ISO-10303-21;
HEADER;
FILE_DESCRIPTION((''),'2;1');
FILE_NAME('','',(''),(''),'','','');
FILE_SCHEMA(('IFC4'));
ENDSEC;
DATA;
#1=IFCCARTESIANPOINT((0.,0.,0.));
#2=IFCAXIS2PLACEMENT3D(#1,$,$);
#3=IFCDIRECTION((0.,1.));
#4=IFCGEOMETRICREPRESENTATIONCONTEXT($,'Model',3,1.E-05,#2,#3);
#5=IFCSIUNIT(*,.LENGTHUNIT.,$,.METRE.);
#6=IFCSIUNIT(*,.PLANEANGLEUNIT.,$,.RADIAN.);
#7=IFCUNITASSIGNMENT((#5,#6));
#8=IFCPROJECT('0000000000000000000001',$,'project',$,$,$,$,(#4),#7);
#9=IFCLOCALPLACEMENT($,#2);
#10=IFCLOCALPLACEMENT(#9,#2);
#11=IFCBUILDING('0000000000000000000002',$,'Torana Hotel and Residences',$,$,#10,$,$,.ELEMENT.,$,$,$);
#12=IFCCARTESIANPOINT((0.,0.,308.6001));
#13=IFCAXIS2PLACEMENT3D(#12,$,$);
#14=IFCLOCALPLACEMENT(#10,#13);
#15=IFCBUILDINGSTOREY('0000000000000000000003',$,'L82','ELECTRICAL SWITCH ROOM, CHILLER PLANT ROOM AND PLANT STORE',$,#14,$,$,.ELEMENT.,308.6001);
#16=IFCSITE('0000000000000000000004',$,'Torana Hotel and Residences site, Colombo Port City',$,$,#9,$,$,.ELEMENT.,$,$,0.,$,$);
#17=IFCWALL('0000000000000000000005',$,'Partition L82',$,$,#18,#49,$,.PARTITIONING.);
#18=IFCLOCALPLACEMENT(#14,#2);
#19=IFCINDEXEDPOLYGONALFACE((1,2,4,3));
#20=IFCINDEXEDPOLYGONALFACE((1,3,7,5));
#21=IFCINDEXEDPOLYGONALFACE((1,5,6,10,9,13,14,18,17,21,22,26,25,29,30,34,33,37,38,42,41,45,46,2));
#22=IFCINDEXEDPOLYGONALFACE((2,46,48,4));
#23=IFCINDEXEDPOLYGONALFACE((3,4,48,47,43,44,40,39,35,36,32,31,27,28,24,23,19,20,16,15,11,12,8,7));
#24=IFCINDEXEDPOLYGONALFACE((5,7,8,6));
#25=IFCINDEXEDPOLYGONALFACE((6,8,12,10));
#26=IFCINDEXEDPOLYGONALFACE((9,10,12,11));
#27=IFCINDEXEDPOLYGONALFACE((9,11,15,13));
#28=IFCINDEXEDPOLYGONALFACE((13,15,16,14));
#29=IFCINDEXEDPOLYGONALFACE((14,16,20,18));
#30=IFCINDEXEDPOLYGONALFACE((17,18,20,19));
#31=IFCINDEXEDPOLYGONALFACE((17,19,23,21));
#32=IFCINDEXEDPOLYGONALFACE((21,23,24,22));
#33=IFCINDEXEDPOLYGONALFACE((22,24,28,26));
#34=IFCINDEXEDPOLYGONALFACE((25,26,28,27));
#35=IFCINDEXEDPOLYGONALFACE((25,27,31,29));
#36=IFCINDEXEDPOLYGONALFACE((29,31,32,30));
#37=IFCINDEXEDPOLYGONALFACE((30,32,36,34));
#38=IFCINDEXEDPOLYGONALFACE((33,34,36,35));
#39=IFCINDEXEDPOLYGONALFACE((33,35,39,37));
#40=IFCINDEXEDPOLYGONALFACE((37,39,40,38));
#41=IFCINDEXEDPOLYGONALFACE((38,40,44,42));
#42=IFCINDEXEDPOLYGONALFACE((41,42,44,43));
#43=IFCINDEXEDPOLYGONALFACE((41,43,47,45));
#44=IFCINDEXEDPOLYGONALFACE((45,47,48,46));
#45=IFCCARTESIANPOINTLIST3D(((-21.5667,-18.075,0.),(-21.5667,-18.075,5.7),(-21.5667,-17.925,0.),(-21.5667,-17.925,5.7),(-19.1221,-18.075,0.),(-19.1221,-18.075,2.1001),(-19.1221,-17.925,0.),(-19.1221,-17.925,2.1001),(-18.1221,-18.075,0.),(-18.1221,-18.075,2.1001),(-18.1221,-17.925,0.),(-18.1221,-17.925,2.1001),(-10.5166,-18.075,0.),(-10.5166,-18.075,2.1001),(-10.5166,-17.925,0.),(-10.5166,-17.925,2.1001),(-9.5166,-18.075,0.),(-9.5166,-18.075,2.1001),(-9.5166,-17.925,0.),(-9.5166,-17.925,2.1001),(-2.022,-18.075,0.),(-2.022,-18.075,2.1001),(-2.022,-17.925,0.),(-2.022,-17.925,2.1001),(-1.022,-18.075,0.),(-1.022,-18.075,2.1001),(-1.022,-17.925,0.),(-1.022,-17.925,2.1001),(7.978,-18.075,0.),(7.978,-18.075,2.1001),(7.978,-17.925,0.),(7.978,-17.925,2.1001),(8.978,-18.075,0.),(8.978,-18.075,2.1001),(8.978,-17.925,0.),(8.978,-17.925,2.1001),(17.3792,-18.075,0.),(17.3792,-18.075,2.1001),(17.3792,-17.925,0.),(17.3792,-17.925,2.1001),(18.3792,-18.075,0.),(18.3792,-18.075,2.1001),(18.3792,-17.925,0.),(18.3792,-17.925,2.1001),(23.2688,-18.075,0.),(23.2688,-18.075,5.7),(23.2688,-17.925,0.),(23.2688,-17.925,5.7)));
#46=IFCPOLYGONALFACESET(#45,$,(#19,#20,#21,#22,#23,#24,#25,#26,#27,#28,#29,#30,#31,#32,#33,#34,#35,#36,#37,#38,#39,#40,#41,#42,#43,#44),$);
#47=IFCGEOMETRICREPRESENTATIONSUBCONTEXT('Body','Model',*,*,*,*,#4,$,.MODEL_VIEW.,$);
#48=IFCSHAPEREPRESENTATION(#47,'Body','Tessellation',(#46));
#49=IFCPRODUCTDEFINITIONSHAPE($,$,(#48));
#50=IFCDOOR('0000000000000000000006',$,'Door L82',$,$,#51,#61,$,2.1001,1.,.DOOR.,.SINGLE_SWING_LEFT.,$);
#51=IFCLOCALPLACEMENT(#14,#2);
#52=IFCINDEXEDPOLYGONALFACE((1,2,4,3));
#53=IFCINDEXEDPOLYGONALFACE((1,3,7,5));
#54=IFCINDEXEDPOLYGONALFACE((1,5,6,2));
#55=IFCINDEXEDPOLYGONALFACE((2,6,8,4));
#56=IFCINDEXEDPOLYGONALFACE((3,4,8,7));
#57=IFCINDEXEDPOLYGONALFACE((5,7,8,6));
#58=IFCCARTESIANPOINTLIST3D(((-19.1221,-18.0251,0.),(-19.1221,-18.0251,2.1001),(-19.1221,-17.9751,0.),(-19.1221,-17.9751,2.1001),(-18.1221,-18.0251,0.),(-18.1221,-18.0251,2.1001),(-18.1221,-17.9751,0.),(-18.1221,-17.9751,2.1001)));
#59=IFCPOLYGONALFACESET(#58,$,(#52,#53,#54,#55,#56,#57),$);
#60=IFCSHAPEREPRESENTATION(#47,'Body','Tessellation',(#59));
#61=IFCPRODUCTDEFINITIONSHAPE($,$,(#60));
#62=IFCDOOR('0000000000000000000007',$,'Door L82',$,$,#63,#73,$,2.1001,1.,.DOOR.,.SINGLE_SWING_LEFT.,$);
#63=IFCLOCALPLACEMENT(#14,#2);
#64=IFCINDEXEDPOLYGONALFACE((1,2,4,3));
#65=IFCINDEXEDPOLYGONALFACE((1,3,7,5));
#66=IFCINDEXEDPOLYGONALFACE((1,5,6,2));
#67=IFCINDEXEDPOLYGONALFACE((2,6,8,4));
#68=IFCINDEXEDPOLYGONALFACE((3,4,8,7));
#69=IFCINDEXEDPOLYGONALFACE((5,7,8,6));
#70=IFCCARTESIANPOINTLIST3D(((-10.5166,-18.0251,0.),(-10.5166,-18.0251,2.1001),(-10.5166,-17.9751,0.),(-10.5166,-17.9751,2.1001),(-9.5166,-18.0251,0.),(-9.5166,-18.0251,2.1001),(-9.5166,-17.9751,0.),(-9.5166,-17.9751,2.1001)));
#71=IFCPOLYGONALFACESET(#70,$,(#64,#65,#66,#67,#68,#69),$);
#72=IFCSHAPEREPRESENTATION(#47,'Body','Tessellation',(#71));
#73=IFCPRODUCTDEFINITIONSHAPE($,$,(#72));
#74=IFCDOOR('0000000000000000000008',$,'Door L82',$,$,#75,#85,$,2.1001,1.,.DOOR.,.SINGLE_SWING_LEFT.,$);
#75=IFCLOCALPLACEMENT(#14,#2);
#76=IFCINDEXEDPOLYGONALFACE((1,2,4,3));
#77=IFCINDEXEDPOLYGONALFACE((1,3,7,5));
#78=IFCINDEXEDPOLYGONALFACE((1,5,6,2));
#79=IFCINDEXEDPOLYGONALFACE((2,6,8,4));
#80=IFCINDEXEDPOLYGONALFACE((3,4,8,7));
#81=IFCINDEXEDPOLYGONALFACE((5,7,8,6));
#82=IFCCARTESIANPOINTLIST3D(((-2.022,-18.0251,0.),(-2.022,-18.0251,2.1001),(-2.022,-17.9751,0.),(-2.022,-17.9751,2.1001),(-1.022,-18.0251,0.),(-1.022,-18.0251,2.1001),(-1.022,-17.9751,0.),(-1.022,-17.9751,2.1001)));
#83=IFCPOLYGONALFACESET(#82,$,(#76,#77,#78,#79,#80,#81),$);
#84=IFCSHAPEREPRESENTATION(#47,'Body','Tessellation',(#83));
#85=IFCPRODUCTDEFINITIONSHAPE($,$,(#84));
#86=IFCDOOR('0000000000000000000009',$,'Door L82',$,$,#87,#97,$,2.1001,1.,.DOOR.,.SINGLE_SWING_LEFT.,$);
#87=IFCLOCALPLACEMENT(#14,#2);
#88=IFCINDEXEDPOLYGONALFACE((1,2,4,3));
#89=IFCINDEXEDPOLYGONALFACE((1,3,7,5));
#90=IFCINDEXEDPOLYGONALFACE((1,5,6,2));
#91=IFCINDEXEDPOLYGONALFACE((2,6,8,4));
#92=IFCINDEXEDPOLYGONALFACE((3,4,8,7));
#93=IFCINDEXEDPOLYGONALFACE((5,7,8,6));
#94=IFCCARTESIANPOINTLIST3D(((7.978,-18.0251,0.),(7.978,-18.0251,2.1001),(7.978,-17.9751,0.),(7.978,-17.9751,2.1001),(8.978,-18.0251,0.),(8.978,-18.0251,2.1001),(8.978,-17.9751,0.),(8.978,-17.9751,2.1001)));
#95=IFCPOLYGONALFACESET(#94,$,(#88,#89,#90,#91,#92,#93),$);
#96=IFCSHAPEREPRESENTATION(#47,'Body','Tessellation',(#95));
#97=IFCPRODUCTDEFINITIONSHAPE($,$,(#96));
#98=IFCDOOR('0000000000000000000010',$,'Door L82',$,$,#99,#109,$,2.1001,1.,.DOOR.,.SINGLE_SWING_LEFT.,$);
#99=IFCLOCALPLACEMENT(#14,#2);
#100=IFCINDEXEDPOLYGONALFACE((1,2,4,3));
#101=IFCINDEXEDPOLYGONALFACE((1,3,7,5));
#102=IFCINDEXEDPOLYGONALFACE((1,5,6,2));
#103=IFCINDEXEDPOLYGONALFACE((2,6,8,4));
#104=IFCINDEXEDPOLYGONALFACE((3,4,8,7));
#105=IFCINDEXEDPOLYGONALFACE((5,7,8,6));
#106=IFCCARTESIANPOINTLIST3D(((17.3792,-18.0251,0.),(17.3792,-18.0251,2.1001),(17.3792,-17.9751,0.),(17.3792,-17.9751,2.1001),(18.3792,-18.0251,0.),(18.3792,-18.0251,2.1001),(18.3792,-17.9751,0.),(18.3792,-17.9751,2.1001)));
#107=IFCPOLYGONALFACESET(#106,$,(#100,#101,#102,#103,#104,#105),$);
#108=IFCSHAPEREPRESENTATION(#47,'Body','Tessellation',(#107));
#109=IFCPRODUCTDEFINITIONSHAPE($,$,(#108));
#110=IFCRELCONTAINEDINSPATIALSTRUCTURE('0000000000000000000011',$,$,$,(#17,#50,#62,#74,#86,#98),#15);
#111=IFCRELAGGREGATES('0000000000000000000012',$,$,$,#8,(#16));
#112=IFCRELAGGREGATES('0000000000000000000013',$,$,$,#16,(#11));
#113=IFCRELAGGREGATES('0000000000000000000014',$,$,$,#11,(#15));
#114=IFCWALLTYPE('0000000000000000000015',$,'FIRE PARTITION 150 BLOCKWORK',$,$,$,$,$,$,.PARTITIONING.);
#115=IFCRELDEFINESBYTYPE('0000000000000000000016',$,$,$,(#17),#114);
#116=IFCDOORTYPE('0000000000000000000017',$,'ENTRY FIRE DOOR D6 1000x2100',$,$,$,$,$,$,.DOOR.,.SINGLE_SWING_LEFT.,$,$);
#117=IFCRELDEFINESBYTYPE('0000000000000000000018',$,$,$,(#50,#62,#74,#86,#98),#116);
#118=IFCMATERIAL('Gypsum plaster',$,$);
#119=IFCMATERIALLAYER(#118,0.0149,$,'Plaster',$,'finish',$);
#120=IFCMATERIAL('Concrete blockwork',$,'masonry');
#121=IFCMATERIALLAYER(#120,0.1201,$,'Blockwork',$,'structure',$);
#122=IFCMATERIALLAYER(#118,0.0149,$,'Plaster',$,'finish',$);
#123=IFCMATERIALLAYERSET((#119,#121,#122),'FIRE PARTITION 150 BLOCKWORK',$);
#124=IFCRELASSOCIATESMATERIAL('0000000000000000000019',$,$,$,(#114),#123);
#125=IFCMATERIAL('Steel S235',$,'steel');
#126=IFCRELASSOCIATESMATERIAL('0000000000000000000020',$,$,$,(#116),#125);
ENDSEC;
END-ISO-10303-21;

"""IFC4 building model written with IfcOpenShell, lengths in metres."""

from ifc_helpers import new_model, si_unit, direction, frame, frame_2d, origin, place, context, subcontext, project, spatial, rectangle, extrude, material, layer, layer_set, type_object, element, fill, save


model = new_model("IFC4")

# Units and contexts
model_context = context("Model", 3, precision=1e-05, world=origin(), true_north=direction((0.0, 1.0)))
body_context = subcontext(model_context, "Body", "Model", "MODEL_VIEW")
ifc_project = project(units=[si_unit("LENGTHUNIT", "METRE"), si_unit("PLANEANGLEUNIT", "RADIAN")], contexts=[model_context])

# Site, building, storey
site_placement = place(None, origin())
site = spatial("IfcSite", under=ifc_project, at=site_placement, Name="Torana Hotel and Residences site, Colombo Port City", CompositionType="ELEMENT", RefElevation=0.0)
building_placement = place(site_placement, origin())
building = spatial("IfcBuilding", under=site, at=building_placement, Name="Torana Hotel and Residences", CompositionType="ELEMENT")
storey_placement = place(building_placement, frame((0.0, 0.0, 308.6001)))
storey = spatial("IfcBuildingStorey", under=building, at=storey_placement, Name="L82", Description="ELECTRICAL SWITCH ROOM, CHILLER PLANT ROOM AND PLANT STORE", CompositionType="ELEMENT", Elevation=308.6001)

# Wall, openings, doors
ifc_material_1 = material(Name="Gypsum plaster")
ifc_layer_1 = layer(ifc_material_1, 0.0149, Name="Plaster", Category="finish")
ifc_material_2 = material(Name="Concrete blockwork", Category="masonry")
ifc_layer_2 = layer(ifc_material_2, 0.1201, Name="Blockwork", Category="structure")
ifc_layer_3 = layer(ifc_material_1, 0.0149, Name="Plaster", Category="finish")
ifc_layer_set_1 = layer_set([ifc_layer_1, ifc_layer_2, ifc_layer_3], Name="FIRE PARTITION 150 BLOCKWORK")
wall_type_1 = type_object("IfcWallType", Name="FIRE PARTITION 150 BLOCKWORK", PredefinedType="PARTITIONING", material=ifc_layer_set_1)
wall_1_placement = place(storey_placement, frame((-21.5667, -18.0, 0.0), z_axis=(0.0, 0.0, 1.0), x_axis=(1.0, 0.0, 0.0)))
wall_1 = element("IfcWall", 1, at=wall_1_placement, inside=storey, type_object=wall_type_1, Name="Partition L82", PredefinedType="PARTITIONING", context=body_context, shape_type="SweptSolid", body=[
    extrude(rectangle(XDim=44.8354, YDim=0.1499, at=frame_2d((22.4177, 0.0))), origin(), (0.0, 0.0, 1.0), 5.7),
])
opening_1_placement = place(wall_1_placement, frame((2.4446, 0.0, 0.0)))
opening_1 = element("IfcOpeningElement", 2, at=opening_1_placement, cuts=wall_1, PredefinedType="OPENING", context=body_context, shape_type="SweptSolid", body=[
    extrude(rectangle(XDim=1.0, YDim=2.1001, at=frame_2d((0.5, 1.05))), frame((0.0, 0.085, 0.0), z_axis=(0.0, -1.0, 0.0), x_axis=(1.0, 0.0, 0.0)), (0.0, 0.0, 1.0), 0.1699),
])
opening_2_placement = place(wall_1_placement, frame((11.05, 0.0, 0.0)))
opening_2 = element("IfcOpeningElement", 3, at=opening_2_placement, cuts=wall_1, PredefinedType="OPENING", context=body_context, shape_type="SweptSolid", body=[
    extrude(rectangle(XDim=1.0, YDim=2.1001, at=frame_2d((0.5, 1.05))), frame((0.0, 0.085, 0.0), z_axis=(0.0, -1.0, 0.0), x_axis=(1.0, 0.0, 0.0)), (0.0, 0.0, 1.0), 0.1699),
])
opening_3_placement = place(wall_1_placement, frame((19.5447, 0.0, 0.0)))
opening_3 = element("IfcOpeningElement", 4, at=opening_3_placement, cuts=wall_1, PredefinedType="OPENING", context=body_context, shape_type="SweptSolid", body=[
    extrude(rectangle(XDim=1.0, YDim=2.1001, at=frame_2d((0.5, 1.05))), frame((0.0, 0.085, 0.0), z_axis=(0.0, -1.0, 0.0), x_axis=(1.0, 0.0, 0.0)), (0.0, 0.0, 1.0), 0.1699),
])
opening_4_placement = place(wall_1_placement, frame((29.5447, 0.0, 0.0)))
opening_4 = element("IfcOpeningElement", 5, at=opening_4_placement, cuts=wall_1, PredefinedType="OPENING", context=body_context, shape_type="SweptSolid", body=[
    extrude(rectangle(XDim=1.0, YDim=2.1001, at=frame_2d((0.5, 1.05))), frame((0.0, 0.085, 0.0), z_axis=(0.0, -1.0, 0.0), x_axis=(1.0, 0.0, 0.0)), (0.0, 0.0, 1.0), 0.1699),
])
opening_5_placement = place(wall_1_placement, frame((38.9458, 0.0, 0.0)))
opening_5 = element("IfcOpeningElement", 6, at=opening_5_placement, cuts=wall_1, PredefinedType="OPENING", context=body_context, shape_type="SweptSolid", body=[
    extrude(rectangle(XDim=1.0, YDim=2.1001, at=frame_2d((0.5, 1.05))), frame((0.0, 0.085, 0.0), z_axis=(0.0, -1.0, 0.0), x_axis=(1.0, 0.0, 0.0)), (0.0, 0.0, 1.0), 0.1699),
])
ifc_material_3 = material(Name="Steel S235", Category="steel")
door_type_1 = type_object("IfcDoorType", Name="ENTRY FIRE DOOR D6 1000x2100", OperationType="SINGLE_SWING_LEFT", PredefinedType="DOOR", material=ifc_material_3)
door_1_placement = place(opening_1_placement, frame((0.5, 0.0, 0.0), z_axis=(0.0, 0.0, 1.0), x_axis=(-1.0, 0.0, 0.0)))
door_1 = element("IfcDoor", 7, at=door_1_placement, inside=storey, type_object=door_type_1, Name="Door L82", OperationType="SINGLE_SWING_LEFT", OverallHeight=2.1001, OverallWidth=1.0, PredefinedType="DOOR", context=body_context, shape_type="SweptSolid", body=[
    extrude(rectangle(XDim=1.0, YDim=2.1001, at=frame_2d((0.0, 1.05))), frame((0.0, -0.0249, 0.0), z_axis=(0.0, 1.0, 0.0), x_axis=(-1.0, 0.0, 0.0)), (0.0, 0.0, 1.0), 0.05),
])
fill(opening_1, door_1)
door_2_placement = place(opening_2_placement, frame((0.5, 0.0, 0.0), z_axis=(0.0, 0.0, 1.0), x_axis=(-1.0, 0.0, 0.0)))
door_2 = element("IfcDoor", 8, at=door_2_placement, inside=storey, type_object=door_type_1, Name="Door L82", OperationType="SINGLE_SWING_LEFT", OverallHeight=2.1001, OverallWidth=1.0, PredefinedType="DOOR", context=body_context, shape_type="SweptSolid", body=[
    extrude(rectangle(XDim=1.0, YDim=2.1001, at=frame_2d((0.0, 1.05))), frame((0.0, -0.0249, 0.0), z_axis=(0.0, 1.0, 0.0), x_axis=(-1.0, 0.0, 0.0)), (0.0, 0.0, 1.0), 0.05),
])
fill(opening_2, door_2)
door_3_placement = place(opening_3_placement, frame((0.5, 0.0, 0.0), z_axis=(0.0, 0.0, 1.0), x_axis=(-1.0, 0.0, 0.0)))
door_3 = element("IfcDoor", 9, at=door_3_placement, inside=storey, type_object=door_type_1, Name="Door L82", OperationType="SINGLE_SWING_LEFT", OverallHeight=2.1001, OverallWidth=1.0, PredefinedType="DOOR", context=body_context, shape_type="SweptSolid", body=[
    extrude(rectangle(XDim=1.0, YDim=2.1001, at=frame_2d((0.0, 1.05))), frame((0.0, -0.0249, 0.0), z_axis=(0.0, 1.0, 0.0), x_axis=(-1.0, 0.0, 0.0)), (0.0, 0.0, 1.0), 0.05),
])
fill(opening_3, door_3)
door_4_placement = place(opening_4_placement, frame((0.5, 0.0, 0.0), z_axis=(0.0, 0.0, 1.0), x_axis=(-1.0, 0.0, 0.0)))
door_4 = element("IfcDoor", 10, at=door_4_placement, inside=storey, type_object=door_type_1, Name="Door L82", OperationType="SINGLE_SWING_LEFT", OverallHeight=2.1001, OverallWidth=1.0, PredefinedType="DOOR", context=body_context, shape_type="SweptSolid", body=[
    extrude(rectangle(XDim=1.0, YDim=2.1001, at=frame_2d((0.0, 1.05))), frame((0.0, -0.0249, 0.0), z_axis=(0.0, 1.0, 0.0), x_axis=(-1.0, 0.0, 0.0)), (0.0, 0.0, 1.0), 0.05),
])
fill(opening_4, door_4)
door_5_placement = place(opening_5_placement, frame((0.5, 0.0, 0.0), z_axis=(0.0, 0.0, 1.0), x_axis=(-1.0, 0.0, 0.0)))
door_5 = element("IfcDoor", 11, at=door_5_placement, inside=storey, type_object=door_type_1, Name="Door L82", OperationType="SINGLE_SWING_LEFT", OverallHeight=2.1001, OverallWidth=1.0, PredefinedType="DOOR", context=body_context, shape_type="SweptSolid", body=[
    extrude(rectangle(XDim=1.0, YDim=2.1001, at=frame_2d((0.0, 1.05))), frame((0.0, -0.0249, 0.0), z_axis=(0.0, 1.0, 0.0), x_axis=(-1.0, 0.0, 0.0)), (0.0, 0.0, 1.0), 0.05),
])
fill(opening_5, door_5)

save(model, "model.ifc")
